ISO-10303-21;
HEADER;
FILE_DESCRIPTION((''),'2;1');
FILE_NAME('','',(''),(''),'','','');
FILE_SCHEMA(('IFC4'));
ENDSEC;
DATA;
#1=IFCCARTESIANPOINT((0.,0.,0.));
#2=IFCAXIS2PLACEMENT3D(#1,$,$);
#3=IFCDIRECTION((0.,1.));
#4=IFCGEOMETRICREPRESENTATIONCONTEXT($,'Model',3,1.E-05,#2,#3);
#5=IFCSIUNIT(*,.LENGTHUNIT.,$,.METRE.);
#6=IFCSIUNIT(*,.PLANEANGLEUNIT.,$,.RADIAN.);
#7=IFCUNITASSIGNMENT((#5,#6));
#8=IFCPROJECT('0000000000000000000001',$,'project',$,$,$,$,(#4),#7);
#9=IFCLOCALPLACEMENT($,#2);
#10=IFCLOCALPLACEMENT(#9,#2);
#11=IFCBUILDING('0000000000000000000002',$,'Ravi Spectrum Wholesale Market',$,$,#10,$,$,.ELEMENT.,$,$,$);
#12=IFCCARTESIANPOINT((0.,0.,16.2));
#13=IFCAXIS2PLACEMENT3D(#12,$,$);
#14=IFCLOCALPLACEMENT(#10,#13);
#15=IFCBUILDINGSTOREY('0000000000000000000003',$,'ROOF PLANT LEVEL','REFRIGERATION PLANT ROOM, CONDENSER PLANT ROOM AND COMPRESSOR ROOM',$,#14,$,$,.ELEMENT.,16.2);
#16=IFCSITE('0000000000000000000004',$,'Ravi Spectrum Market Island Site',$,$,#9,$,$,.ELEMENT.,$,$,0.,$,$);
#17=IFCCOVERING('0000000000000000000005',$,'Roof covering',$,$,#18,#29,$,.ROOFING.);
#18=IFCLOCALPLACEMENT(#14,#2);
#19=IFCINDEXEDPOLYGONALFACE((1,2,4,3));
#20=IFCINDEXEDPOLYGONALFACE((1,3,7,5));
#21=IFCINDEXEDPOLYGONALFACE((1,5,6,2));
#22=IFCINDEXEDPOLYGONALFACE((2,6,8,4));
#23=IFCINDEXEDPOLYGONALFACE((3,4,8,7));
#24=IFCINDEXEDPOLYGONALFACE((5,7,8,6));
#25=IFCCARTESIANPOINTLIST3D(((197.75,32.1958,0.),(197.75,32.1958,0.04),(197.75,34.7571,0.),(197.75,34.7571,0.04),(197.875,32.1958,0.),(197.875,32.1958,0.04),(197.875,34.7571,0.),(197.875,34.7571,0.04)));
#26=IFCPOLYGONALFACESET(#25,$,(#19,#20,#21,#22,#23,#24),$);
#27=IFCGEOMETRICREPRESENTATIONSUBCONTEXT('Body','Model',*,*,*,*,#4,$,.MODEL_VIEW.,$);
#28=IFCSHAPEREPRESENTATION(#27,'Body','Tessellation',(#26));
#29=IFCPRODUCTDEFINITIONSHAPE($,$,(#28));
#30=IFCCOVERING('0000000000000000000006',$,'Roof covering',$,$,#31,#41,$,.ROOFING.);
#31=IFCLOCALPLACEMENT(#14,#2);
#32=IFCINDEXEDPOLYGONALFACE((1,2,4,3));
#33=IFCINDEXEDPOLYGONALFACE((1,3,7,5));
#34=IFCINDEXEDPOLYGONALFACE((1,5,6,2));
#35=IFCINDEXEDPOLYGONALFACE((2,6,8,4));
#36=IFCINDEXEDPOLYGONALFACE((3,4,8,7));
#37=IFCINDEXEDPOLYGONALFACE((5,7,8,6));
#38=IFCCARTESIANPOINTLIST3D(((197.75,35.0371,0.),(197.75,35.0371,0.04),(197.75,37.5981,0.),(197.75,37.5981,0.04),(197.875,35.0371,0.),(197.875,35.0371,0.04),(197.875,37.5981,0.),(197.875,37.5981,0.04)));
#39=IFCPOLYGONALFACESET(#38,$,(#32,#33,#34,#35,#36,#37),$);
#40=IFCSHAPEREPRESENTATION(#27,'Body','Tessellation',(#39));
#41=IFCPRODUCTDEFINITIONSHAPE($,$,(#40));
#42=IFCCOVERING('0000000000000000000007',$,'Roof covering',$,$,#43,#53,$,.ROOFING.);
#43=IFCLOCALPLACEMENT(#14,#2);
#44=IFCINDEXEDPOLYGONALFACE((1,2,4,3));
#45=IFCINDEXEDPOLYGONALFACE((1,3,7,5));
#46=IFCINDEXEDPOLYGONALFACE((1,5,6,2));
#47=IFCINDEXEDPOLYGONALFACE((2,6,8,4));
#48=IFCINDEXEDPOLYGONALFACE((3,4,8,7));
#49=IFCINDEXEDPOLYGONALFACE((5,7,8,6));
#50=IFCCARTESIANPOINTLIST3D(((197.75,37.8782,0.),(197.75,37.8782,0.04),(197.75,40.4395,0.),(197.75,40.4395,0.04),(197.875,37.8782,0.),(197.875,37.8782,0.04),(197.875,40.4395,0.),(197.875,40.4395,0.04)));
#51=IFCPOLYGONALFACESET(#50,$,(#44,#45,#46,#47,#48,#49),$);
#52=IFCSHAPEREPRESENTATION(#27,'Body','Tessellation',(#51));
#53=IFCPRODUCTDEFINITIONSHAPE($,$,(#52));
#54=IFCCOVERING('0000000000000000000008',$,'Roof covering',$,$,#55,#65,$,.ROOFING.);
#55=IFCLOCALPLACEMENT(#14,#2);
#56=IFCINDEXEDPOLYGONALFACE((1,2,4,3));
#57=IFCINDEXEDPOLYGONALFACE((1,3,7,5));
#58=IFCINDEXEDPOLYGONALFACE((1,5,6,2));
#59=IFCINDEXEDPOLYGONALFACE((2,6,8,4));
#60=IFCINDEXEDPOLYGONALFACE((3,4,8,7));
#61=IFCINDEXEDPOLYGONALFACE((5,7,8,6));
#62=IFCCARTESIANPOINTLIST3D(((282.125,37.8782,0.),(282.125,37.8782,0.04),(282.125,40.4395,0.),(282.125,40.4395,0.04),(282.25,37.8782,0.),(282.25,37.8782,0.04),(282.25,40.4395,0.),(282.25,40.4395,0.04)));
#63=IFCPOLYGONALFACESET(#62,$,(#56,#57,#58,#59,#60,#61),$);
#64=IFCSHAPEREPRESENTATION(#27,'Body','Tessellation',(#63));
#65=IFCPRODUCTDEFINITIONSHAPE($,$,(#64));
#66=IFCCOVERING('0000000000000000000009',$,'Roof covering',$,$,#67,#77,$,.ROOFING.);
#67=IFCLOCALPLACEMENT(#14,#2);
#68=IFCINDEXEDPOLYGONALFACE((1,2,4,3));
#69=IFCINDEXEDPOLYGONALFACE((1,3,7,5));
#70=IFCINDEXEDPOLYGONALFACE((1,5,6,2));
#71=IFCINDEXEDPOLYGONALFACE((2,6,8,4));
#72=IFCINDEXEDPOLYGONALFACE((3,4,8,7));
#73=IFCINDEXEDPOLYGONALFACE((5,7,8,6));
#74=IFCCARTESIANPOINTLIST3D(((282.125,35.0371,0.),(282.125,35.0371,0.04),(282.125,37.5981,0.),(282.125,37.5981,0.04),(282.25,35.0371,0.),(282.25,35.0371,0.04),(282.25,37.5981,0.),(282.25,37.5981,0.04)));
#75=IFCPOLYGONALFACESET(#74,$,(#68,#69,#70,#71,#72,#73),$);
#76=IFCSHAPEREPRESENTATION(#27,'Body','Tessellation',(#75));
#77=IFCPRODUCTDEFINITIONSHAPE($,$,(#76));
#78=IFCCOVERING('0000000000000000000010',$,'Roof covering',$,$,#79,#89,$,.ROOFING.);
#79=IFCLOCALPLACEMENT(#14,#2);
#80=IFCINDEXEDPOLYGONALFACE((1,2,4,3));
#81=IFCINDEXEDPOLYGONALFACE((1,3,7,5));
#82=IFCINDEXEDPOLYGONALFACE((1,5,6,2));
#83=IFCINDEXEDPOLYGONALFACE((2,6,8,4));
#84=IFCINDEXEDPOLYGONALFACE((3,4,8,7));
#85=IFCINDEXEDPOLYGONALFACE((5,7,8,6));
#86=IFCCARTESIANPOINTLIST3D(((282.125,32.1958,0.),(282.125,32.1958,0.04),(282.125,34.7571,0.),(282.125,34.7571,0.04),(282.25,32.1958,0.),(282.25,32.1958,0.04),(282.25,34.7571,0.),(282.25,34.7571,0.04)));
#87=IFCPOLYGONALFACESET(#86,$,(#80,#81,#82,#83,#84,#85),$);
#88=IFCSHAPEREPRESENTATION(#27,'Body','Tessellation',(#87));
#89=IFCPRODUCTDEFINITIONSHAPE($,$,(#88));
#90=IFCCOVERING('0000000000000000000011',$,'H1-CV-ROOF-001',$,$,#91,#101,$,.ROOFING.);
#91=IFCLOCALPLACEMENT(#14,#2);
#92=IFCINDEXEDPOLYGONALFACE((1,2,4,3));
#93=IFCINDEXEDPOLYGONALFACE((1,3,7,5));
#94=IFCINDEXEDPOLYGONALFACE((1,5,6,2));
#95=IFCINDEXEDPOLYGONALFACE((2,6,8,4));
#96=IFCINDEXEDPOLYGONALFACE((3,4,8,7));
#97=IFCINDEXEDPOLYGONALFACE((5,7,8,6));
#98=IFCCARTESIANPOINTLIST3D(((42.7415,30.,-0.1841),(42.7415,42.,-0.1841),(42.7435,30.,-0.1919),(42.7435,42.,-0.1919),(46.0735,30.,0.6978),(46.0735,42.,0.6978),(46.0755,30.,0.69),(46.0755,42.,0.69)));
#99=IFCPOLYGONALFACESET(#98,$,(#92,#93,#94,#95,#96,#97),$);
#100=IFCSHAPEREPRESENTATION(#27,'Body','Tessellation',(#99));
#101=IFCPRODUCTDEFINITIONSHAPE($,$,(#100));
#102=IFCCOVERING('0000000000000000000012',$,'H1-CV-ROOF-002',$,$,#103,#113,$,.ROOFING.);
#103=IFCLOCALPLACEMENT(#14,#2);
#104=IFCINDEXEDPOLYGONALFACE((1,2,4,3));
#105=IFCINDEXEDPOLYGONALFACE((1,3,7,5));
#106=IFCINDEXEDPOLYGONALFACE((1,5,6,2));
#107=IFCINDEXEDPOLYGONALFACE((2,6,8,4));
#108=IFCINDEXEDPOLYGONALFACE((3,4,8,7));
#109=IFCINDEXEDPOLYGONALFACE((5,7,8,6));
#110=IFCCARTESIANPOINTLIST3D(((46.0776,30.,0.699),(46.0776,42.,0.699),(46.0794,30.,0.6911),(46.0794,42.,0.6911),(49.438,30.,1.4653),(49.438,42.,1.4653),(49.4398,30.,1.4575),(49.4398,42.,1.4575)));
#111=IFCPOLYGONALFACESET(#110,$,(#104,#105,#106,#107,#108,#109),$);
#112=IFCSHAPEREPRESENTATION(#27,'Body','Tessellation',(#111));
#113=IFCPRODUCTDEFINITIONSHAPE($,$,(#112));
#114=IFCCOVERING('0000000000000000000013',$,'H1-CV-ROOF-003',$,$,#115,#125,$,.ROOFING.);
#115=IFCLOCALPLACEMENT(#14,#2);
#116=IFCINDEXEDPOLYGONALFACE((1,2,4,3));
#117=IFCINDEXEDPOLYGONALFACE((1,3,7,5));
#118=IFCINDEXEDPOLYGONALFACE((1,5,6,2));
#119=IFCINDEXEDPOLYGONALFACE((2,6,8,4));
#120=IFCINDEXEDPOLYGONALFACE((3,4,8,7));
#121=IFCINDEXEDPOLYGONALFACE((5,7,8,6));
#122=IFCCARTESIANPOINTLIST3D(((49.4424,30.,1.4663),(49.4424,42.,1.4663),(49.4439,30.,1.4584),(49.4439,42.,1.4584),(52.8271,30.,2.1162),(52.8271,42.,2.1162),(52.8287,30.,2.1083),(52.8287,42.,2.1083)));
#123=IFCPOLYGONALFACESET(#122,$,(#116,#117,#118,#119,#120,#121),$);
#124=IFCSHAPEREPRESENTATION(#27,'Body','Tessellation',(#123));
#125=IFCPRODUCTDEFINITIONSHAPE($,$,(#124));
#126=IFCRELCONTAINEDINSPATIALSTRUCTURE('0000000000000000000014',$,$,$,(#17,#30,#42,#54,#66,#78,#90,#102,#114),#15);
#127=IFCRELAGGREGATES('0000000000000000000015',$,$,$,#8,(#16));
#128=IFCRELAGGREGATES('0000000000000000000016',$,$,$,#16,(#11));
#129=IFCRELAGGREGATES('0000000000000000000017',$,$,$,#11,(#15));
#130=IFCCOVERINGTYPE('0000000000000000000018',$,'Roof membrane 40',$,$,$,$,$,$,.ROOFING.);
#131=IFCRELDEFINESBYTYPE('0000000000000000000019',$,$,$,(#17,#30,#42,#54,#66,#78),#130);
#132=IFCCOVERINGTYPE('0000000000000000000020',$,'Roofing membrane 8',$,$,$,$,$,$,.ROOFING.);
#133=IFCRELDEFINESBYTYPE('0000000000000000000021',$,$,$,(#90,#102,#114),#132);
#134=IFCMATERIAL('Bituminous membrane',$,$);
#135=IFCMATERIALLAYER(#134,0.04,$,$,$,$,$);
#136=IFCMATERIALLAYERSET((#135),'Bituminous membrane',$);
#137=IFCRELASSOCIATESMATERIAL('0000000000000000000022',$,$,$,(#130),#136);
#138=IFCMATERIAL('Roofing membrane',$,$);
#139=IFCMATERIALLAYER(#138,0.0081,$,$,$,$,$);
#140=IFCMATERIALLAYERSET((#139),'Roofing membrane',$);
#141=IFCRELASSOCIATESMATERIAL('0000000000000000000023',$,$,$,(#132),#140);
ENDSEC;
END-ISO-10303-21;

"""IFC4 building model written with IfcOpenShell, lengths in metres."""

from ifc_helpers import new_model, si_unit, direction, frame, origin, place, context, subcontext, project, spatial, polyline, outline, extrude, material, layer, layer_set, type_object, element, save


model = new_model("IFC4")

# Units and contexts
model_context = context("Model", 3, precision=1e-05, world=origin(), true_north=direction((0.0, 1.0)))
body_context = subcontext(model_context, "Body", "Model", "MODEL_VIEW")
ifc_project = project(units=[si_unit("LENGTHUNIT", "METRE"), si_unit("PLANEANGLEUNIT", "RADIAN")], contexts=[model_context])

# Site, building, storey
site_placement = place(None, origin())
site = spatial("IfcSite", under=ifc_project, at=site_placement, Name="Ravi Spectrum Market Island Site", CompositionType="ELEMENT", RefElevation=0.0)
building_placement = place(site_placement, origin())
building = spatial("IfcBuilding", under=site, at=building_placement, Name="Ravi Spectrum Wholesale Market", CompositionType="ELEMENT")
storey_placement = place(building_placement, frame((0.0, 0.0, 16.2)))
storey = spatial("IfcBuildingStorey", under=building, at=storey_placement, Name="ROOF PLANT LEVEL", Description="REFRIGERATION PLANT ROOM, CONDENSER PLANT ROOM AND COMPRESSOR ROOM", CompositionType="ELEMENT", Elevation=16.2)

# Coverings
ifc_material_1 = material(Name="Bituminous membrane")
ifc_layer_1 = layer(ifc_material_1, 0.04)
ifc_layer_set_1 = layer_set([ifc_layer_1], Name="Bituminous membrane")
covering_type_1 = type_object("IfcCoveringType", Name="Roof membrane 40", PredefinedType="ROOFING", material=ifc_layer_set_1)
covering_1_placement = place(storey_placement, origin())
element("IfcCovering", 1, at=covering_1_placement, inside=storey, type_object=covering_type_1, Name="Roof covering", PredefinedType="ROOFING", context=body_context, shape_type="SweptSolid", body=[
    extrude(outline(polyline([(197.75, 32.1958), (197.75, 34.7571), (197.875, 34.7571), (197.875, 32.1958), (197.75, 32.1958)])), origin(), (0.0, 0.0, 1.0), 0.04),
])
covering_2_placement = place(storey_placement, origin())
element("IfcCovering", 2, at=covering_2_placement, inside=storey, type_object=covering_type_1, Name="Roof covering", PredefinedType="ROOFING", context=body_context, shape_type="SweptSolid", body=[
    extrude(outline(polyline([(197.75, 35.0371), (197.75, 37.5981), (197.875, 37.5981), (197.875, 35.0371), (197.75, 35.0371)])), origin(), (0.0, 0.0, 1.0), 0.04),
])
covering_3_placement = place(storey_placement, origin())
element("IfcCovering", 3, at=covering_3_placement, inside=storey, type_object=covering_type_1, Name="Roof covering", PredefinedType="ROOFING", context=body_context, shape_type="SweptSolid", body=[
    extrude(outline(polyline([(197.75, 37.8782), (197.75, 40.4395), (197.875, 40.4395), (197.875, 37.8782), (197.75, 37.8782)])), origin(), (0.0, 0.0, 1.0), 0.04),
])
covering_4_placement = place(storey_placement, origin())
element("IfcCovering", 4, at=covering_4_placement, inside=storey, type_object=covering_type_1, Name="Roof covering", PredefinedType="ROOFING", context=body_context, shape_type="SweptSolid", body=[
    extrude(outline(polyline([(282.25, 40.4395), (282.25, 37.8782), (282.125, 37.8782), (282.125, 40.4395), (282.25, 40.4395)])), origin(), (0.0, 0.0, 1.0), 0.04),
])
covering_5_placement = place(storey_placement, origin())
element("IfcCovering", 5, at=covering_5_placement, inside=storey, type_object=covering_type_1, Name="Roof covering", PredefinedType="ROOFING", context=body_context, shape_type="SweptSolid", body=[
    extrude(outline(polyline([(282.25, 37.5981), (282.25, 35.0371), (282.125, 35.0371), (282.125, 37.5981), (282.25, 37.5981)])), origin(), (0.0, 0.0, 1.0), 0.04),
])
covering_6_placement = place(storey_placement, origin())
element("IfcCovering", 6, at=covering_6_placement, inside=storey, type_object=covering_type_1, Name="Roof covering", PredefinedType="ROOFING", context=body_context, shape_type="SweptSolid", body=[
    extrude(outline(polyline([(282.25, 34.7571), (282.25, 32.1958), (282.125, 32.1958), (282.125, 34.7571), (282.25, 34.7571)])), origin(), (0.0, 0.0, 1.0), 0.04),
])
ifc_material_2 = material(Name="Roofing membrane")
ifc_layer_2 = layer(ifc_material_2, 0.0081)
ifc_layer_set_2 = layer_set([ifc_layer_2], Name="Roofing membrane")
covering_type_2 = type_object("IfcCoveringType", Name="Roofing membrane 8", PredefinedType="ROOFING", material=ifc_layer_set_2)
covering_7_placement = place(storey_placement, frame((42.7415, 30.0, -0.1841), z_axis=(-0.255846, 0.0, 0.966718), x_axis=(0.966718, 0.0, 0.255846)))
element("IfcCovering", 7, at=covering_7_placement, inside=storey, type_object=covering_type_2, Name="H1-CV-ROOF-001", PredefinedType="ROOFING", context=body_context, shape_type="SweptSolid", body=[
    extrude(outline(polyline([(0.0, 0.0), (3.4467, 0.0), (3.4467, 12.0), (0.0, 12.0), (0.0, 0.0)])), origin(), (0.0, 0.0, -1.0), 0.0081),
])
covering_8_placement = place(storey_placement, frame((46.0776, 30.0, 0.699), z_axis=(-0.22235, 0.0, 0.974967), x_axis=(0.974967, 0.0, 0.22235)))
element("IfcCovering", 8, at=covering_8_placement, inside=storey, type_object=covering_type_2, Name="H1-CV-ROOF-002", PredefinedType="ROOFING", context=body_context, shape_type="SweptSolid", body=[
    extrude(outline(polyline([(0.0, 0.0), (3.4466, 0.0), (3.4466, 12.0), (0.0, 12.0), (0.0, 0.0)])), origin(), (0.0, 0.0, -1.0), 0.0081),
])
covering_9_placement = place(storey_placement, frame((49.4424, 30.0, 1.4663), z_axis=(-0.188564, 0.0, 0.982061), x_axis=(0.982061, 0.0, 0.188564)))
element("IfcCovering", 9, at=covering_9_placement, inside=storey, type_object=covering_type_2, Name="H1-CV-ROOF-003", PredefinedType="ROOFING", context=body_context, shape_type="SweptSolid", body=[
    extrude(outline(polyline([(0.0, 0.0), (3.4466, 0.0), (3.4466, 12.0), (0.0, 12.0), (0.0, 0.0)])), origin(), (0.0, 0.0, -1.0), 0.0081),
])

save(model, "model.ifc")
